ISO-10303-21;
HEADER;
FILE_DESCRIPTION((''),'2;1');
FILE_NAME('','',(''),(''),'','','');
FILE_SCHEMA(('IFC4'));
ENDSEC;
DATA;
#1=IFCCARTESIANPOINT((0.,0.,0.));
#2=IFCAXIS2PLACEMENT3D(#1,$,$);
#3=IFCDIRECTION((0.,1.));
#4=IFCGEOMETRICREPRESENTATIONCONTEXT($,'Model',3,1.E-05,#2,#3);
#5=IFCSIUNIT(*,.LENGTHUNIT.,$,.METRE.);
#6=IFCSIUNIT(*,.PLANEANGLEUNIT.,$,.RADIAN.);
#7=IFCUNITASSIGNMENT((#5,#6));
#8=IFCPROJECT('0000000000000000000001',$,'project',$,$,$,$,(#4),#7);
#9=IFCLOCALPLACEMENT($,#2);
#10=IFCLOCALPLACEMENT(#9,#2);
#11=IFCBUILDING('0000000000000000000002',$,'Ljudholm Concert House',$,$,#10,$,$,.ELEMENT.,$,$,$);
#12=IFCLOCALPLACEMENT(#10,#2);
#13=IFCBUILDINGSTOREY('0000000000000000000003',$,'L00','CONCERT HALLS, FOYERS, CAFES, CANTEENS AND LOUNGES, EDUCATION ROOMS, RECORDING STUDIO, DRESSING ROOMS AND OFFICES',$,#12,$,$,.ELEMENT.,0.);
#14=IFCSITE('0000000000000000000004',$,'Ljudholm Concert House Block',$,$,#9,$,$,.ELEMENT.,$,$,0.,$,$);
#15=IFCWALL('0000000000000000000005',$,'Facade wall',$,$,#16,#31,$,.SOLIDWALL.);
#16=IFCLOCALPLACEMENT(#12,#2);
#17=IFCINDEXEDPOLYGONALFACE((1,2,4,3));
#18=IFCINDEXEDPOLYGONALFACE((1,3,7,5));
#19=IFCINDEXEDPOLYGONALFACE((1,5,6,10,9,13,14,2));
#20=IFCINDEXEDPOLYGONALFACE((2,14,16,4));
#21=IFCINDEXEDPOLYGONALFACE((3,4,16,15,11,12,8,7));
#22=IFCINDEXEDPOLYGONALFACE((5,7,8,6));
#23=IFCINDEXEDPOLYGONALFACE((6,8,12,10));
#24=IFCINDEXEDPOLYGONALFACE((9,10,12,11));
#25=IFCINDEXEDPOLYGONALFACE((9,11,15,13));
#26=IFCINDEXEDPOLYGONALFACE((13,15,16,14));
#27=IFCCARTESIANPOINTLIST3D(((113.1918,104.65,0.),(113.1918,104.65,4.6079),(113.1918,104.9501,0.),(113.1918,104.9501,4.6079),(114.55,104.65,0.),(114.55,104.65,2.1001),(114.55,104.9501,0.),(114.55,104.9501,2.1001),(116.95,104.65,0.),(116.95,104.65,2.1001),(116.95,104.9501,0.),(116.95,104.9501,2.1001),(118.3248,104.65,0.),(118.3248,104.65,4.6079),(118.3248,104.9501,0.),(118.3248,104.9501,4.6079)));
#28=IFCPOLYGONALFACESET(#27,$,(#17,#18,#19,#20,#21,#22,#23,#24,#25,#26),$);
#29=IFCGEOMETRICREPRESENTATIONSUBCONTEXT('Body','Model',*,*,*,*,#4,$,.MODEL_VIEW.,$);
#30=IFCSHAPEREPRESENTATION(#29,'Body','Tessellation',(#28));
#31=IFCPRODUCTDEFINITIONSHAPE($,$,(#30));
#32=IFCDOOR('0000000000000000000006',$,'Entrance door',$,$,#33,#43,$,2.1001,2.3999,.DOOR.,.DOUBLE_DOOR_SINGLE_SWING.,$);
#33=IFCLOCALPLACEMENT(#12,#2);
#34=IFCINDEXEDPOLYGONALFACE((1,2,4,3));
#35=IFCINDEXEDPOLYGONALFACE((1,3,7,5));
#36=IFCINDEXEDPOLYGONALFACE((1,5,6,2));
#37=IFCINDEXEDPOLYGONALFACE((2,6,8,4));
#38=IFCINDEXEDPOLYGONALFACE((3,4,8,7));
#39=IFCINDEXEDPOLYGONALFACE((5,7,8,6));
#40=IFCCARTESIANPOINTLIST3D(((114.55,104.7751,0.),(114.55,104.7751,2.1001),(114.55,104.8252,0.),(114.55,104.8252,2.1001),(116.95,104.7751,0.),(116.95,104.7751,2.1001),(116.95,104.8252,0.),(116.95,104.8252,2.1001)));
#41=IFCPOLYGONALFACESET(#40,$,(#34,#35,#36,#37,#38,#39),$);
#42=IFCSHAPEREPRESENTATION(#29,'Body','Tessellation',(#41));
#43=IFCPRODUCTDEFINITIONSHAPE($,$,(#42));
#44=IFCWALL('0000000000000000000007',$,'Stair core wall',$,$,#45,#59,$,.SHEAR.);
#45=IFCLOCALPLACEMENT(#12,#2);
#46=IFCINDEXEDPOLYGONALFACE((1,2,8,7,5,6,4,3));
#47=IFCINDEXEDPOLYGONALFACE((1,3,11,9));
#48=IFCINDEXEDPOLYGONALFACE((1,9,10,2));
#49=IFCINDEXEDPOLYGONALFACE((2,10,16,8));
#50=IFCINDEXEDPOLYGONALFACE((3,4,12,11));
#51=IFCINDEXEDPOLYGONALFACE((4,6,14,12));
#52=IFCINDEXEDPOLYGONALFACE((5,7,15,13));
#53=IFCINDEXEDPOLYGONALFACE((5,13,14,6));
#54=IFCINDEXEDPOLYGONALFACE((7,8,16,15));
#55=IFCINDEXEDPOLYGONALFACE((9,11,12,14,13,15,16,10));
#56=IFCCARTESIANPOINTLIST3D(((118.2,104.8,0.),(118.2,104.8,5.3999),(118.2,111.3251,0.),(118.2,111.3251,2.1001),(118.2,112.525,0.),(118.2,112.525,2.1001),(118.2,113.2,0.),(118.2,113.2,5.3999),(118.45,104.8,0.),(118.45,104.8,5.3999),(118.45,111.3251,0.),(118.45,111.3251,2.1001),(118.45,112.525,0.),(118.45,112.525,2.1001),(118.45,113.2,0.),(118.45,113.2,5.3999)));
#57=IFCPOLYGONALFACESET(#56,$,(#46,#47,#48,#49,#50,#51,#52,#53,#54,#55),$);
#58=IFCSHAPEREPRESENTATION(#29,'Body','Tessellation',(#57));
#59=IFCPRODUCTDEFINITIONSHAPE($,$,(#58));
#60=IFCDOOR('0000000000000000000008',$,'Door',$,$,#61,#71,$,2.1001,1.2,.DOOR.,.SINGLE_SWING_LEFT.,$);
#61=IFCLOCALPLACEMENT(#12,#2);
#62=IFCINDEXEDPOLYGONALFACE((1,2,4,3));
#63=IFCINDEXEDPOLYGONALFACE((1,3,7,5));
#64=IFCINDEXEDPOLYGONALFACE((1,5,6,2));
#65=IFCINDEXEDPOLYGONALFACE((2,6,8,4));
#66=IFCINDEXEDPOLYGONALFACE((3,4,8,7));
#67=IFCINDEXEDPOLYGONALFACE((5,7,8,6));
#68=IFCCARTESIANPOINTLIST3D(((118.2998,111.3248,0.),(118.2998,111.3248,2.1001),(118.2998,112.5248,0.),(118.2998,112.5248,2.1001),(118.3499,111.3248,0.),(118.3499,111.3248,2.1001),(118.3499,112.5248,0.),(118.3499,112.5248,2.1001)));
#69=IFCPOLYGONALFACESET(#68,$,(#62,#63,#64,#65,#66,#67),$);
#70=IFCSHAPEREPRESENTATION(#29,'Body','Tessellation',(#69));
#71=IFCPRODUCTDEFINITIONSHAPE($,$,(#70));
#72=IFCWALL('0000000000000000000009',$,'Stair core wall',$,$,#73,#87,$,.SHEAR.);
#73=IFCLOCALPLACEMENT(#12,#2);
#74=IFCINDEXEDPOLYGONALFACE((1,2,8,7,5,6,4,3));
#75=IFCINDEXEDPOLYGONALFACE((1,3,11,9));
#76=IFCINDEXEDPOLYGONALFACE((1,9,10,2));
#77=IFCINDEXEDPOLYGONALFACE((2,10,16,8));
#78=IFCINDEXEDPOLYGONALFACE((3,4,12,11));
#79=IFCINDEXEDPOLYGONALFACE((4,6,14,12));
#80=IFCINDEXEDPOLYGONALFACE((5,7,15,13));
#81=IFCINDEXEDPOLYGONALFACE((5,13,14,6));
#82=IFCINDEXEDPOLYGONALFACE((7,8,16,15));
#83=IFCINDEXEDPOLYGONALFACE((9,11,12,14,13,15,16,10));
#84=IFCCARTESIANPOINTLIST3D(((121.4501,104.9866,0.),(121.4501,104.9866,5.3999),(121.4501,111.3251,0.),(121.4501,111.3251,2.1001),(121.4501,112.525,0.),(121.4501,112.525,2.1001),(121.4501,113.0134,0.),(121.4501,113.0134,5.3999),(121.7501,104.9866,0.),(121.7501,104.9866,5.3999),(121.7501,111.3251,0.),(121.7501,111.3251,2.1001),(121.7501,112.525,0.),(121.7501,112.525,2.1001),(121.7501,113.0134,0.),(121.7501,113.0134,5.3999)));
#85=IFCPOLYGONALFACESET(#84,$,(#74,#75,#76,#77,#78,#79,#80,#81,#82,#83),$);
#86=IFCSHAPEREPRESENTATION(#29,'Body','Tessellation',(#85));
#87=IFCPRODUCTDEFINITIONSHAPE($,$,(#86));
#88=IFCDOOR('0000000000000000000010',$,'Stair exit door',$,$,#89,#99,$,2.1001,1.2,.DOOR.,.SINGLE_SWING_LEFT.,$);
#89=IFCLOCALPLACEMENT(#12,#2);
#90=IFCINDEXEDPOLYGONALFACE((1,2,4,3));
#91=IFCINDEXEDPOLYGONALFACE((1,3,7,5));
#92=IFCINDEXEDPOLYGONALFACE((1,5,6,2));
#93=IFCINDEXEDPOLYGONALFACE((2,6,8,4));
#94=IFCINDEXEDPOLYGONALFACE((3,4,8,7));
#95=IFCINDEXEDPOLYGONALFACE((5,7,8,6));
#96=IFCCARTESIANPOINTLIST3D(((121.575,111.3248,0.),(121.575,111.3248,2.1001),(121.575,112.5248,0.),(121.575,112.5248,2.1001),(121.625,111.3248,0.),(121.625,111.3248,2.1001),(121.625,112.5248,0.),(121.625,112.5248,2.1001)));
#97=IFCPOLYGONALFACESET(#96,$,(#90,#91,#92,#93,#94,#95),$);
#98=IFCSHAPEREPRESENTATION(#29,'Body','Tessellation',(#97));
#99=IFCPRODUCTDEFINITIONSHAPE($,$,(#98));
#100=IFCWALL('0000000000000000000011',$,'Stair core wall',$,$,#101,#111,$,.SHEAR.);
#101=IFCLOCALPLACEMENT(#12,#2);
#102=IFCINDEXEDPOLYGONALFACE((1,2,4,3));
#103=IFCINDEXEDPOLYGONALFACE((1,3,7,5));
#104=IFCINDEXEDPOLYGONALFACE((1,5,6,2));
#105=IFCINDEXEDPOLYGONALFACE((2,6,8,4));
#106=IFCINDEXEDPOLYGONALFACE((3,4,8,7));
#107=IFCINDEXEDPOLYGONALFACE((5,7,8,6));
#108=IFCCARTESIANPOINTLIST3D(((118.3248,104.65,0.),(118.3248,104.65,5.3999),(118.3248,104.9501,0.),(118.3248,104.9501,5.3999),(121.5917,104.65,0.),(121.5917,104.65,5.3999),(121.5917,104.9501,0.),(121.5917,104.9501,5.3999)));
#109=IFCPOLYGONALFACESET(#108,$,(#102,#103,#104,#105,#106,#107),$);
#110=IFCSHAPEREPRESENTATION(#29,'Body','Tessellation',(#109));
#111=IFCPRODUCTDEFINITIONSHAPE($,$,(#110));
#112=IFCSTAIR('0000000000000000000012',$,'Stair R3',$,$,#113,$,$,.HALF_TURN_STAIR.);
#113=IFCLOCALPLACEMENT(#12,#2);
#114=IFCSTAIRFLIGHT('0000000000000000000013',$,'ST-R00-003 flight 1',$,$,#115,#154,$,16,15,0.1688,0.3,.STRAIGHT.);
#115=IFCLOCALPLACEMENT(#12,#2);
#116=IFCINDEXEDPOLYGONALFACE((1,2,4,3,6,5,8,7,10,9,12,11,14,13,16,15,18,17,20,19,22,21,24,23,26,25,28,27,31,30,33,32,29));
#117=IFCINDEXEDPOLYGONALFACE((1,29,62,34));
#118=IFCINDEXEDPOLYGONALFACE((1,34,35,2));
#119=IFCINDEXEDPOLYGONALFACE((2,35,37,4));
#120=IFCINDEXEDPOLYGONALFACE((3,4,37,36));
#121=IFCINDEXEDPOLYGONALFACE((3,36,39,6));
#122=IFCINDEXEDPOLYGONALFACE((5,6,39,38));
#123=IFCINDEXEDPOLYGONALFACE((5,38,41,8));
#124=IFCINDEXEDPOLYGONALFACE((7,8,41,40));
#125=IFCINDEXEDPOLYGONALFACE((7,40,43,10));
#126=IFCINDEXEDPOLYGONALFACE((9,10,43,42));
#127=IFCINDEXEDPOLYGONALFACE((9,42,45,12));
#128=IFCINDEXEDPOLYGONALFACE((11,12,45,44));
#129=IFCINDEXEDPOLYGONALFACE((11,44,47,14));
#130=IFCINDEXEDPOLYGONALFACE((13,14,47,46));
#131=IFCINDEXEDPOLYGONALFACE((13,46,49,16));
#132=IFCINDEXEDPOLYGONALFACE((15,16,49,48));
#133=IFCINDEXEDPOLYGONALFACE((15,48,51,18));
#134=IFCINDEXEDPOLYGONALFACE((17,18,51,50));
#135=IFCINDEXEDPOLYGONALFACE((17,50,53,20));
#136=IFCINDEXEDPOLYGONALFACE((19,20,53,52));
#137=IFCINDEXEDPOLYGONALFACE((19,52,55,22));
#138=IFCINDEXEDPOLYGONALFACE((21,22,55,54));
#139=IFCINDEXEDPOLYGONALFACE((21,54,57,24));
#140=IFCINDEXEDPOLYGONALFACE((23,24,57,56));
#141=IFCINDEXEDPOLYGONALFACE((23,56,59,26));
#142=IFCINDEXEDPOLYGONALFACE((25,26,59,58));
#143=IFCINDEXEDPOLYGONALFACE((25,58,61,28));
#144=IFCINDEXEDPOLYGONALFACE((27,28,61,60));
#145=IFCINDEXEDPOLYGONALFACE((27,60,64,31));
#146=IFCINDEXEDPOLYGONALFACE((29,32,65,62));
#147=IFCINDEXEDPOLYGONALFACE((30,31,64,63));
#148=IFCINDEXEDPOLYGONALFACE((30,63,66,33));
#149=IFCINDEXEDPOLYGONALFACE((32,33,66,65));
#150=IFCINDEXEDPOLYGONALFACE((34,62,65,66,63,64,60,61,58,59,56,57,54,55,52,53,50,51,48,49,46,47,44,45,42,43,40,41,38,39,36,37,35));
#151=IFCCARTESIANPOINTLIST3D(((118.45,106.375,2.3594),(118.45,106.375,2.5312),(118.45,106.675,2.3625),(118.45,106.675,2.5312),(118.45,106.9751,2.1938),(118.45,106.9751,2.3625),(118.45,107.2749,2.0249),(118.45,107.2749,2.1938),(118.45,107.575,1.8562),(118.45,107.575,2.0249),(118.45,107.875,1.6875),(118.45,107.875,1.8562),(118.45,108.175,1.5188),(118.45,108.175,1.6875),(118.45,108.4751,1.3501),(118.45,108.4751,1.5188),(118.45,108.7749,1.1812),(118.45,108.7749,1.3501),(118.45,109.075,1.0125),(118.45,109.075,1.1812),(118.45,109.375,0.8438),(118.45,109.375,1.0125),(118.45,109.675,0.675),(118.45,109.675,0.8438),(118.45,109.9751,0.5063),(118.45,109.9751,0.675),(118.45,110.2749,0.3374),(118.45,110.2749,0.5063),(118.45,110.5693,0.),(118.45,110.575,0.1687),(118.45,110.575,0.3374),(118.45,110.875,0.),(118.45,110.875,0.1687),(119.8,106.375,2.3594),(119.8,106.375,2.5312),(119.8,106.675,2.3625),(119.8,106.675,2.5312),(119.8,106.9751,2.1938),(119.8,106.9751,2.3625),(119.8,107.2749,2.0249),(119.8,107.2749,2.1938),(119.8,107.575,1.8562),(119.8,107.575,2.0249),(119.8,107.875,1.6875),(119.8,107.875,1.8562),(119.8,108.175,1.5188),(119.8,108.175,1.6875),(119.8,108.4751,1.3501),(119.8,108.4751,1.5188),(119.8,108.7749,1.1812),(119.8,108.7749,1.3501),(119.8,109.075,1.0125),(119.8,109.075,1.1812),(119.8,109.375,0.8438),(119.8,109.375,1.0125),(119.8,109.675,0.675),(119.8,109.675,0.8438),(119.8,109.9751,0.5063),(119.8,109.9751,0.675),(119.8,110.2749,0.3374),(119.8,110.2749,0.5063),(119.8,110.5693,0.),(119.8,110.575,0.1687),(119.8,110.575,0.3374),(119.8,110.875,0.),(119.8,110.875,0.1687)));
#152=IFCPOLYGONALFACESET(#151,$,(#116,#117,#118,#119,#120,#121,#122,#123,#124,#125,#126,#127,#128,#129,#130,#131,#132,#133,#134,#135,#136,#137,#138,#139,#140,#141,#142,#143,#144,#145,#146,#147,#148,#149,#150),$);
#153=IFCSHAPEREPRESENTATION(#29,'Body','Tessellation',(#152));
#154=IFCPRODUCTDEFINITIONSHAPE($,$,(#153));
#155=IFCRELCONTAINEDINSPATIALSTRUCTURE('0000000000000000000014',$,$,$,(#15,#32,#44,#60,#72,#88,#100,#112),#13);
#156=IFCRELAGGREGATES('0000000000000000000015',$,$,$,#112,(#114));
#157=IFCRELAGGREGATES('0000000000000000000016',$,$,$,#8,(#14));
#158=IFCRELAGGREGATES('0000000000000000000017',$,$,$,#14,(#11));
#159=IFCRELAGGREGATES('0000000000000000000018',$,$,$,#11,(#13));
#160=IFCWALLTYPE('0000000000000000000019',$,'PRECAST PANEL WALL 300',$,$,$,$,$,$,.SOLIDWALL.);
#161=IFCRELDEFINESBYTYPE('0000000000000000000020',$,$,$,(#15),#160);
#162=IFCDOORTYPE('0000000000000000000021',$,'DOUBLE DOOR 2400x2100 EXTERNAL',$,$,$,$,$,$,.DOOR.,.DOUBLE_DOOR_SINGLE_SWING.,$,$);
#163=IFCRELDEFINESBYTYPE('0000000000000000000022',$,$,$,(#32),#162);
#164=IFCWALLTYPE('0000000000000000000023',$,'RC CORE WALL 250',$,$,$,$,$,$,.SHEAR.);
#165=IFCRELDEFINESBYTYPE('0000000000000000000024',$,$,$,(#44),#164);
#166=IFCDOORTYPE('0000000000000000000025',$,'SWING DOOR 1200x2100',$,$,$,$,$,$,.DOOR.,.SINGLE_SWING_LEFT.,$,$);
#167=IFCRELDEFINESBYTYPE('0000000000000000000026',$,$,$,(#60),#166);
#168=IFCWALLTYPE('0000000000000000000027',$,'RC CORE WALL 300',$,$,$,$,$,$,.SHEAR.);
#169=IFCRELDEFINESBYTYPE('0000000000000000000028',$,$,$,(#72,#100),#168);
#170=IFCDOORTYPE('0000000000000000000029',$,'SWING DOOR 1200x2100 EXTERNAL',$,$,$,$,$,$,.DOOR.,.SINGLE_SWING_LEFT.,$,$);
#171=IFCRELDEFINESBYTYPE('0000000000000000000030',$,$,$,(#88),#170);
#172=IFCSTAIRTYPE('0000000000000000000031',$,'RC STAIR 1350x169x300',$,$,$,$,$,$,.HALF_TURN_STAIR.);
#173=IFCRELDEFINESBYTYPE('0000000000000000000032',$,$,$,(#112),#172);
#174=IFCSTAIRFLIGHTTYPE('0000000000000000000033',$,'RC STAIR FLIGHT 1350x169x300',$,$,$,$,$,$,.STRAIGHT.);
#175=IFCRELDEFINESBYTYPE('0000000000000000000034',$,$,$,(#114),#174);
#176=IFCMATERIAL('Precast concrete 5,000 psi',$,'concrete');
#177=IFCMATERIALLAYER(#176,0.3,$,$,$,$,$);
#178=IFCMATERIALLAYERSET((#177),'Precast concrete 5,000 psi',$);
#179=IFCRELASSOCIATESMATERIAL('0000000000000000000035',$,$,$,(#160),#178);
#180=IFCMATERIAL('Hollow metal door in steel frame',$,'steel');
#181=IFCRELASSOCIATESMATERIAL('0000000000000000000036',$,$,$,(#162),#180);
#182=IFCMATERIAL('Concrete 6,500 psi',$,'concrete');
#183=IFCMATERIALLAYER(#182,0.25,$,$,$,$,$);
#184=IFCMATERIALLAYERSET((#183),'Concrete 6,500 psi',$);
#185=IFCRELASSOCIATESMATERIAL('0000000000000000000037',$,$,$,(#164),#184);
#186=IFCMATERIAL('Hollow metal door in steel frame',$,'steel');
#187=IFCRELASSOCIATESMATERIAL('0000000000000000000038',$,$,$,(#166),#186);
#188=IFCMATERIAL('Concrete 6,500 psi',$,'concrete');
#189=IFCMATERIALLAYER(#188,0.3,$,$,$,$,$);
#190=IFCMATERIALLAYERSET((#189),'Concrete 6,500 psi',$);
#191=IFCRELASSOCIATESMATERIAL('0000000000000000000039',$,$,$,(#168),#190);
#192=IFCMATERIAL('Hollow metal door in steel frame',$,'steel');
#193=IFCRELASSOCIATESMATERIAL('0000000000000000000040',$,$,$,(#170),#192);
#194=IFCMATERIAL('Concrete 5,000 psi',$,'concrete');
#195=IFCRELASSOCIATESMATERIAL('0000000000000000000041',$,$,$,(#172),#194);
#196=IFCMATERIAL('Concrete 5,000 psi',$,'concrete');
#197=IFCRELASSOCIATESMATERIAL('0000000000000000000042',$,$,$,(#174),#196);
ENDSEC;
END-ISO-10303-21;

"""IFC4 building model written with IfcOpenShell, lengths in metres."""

from ifc_helpers import new_model, si_unit, direction, frame, frame_2d, origin, place, context, subcontext, project, spatial, polyline, rectangle, outline, extrude, material, layer, layer_set, type_object, element, fill, aggregate, save


model = new_model("IFC4")

# Units and contexts
model_context = context("Model", 3, precision=1e-05, world=origin(), true_north=direction((0.0, 1.0)))
body_context = subcontext(model_context, "Body", "Model", "MODEL_VIEW")
ifc_project = project(units=[si_unit("LENGTHUNIT", "METRE"), si_unit("PLANEANGLEUNIT", "RADIAN")], contexts=[model_context])

# Site, building, storey
site_placement = place(None, origin())
site = spatial("IfcSite", under=ifc_project, at=site_placement, Name="Ljudholm Concert House Block", CompositionType="ELEMENT", RefElevation=0.0)
building_placement = place(site_placement, origin())
building = spatial("IfcBuilding", under=site, at=building_placement, Name="Ljudholm Concert House", CompositionType="ELEMENT")
storey_placement = place(building_placement, origin())
storey = spatial("IfcBuildingStorey", under=building, at=storey_placement, Name="L00", Description="CONCERT HALLS, FOYERS, CAFES, CANTEENS AND LOUNGES, EDUCATION ROOMS, RECORDING STUDIO, DRESSING ROOMS AND OFFICES", CompositionType="ELEMENT", Elevation=0.0)

# Shared definitions
ifc_material_1 = material(Name="Precast concrete 5,000 psi", Category="concrete")
ifc_layer_1 = layer(ifc_material_1, 0.3)
ifc_layer_set_1 = layer_set([ifc_layer_1], Name="Precast concrete 5,000 psi")
wall_type_1 = type_object("IfcWallType", Name="PRECAST PANEL WALL 300", PredefinedType="SOLIDWALL", material=ifc_layer_set_1)

# Walls, openings, doors
wall_1_placement = place(storey_placement, frame((113.1919, 104.8, 0.0), z_axis=(0.0, 0.0, 1.0), x_axis=(1.0, 0.0, 0.0)))
wall_1 = element("IfcWall", 1, at=wall_1_placement, inside=storey, type_object=wall_type_1, Name="Facade wall", PredefinedType="SOLIDWALL", context=body_context, shape_type="SweptSolid", body=[
    extrude(rectangle(XDim=5.1331, YDim=0.3, at=frame_2d((2.5664, 0.0))), origin(), (0.0, 0.0, 1.0), 4.6079),
])
opening_1_placement = place(wall_1_placement, frame((1.3582, 0.0, 0.0)))
opening_1 = element("IfcOpeningElement", 2, at=opening_1_placement, cuts=wall_1, PredefinedType="OPENING", context=body_context, shape_type="SweptSolid", body=[
    extrude(rectangle(XDim=2.3999, YDim=2.1001, at=frame_2d((1.2, 1.05))), frame((0.0, 0.1599, 0.0), z_axis=(0.0, -1.0, 0.0), x_axis=(1.0, 0.0, 0.0)), (0.0, 0.0, 1.0), 0.3201),
])
ifc_material_2 = material(Name="Hollow metal door in steel frame", Category="steel")
door_type_1 = type_object("IfcDoorType", Name="DOUBLE DOOR 2400x2100 EXTERNAL", OperationType="DOUBLE_DOOR_SINGLE_SWING", PredefinedType="DOOR", material=ifc_material_2)
door_1_placement = place(opening_1_placement, frame((2.3999, 0.0, 0.0), z_axis=(0.0, 0.0, 1.0), x_axis=(-1.0, 0.0, 0.0)))
door_1 = element("IfcDoor", 3, at=door_1_placement, inside=storey, type_object=door_type_1, Name="Entrance door", OperationType="DOUBLE_DOOR_SINGLE_SWING", OverallHeight=2.1001, OverallWidth=2.3999, PredefinedType="DOOR", context=body_context, shape_type="SweptSolid", body=[
    extrude(rectangle(XDim=2.3999, YDim=2.1001, at=frame_2d((1.2, 1.05))), frame((0.0, 0.0249, 0.0), z_axis=(0.0, -1.0, 0.0), x_axis=(1.0, 0.0, 0.0)), (0.0, 0.0, 1.0), 0.05),
])
fill(opening_1, door_1)
ifc_material_3 = material(Name="Concrete 6,500 psi", Category="concrete")
ifc_layer_2 = layer(ifc_material_3, 0.25)
ifc_layer_set_2 = layer_set([ifc_layer_2], Name="Concrete 6,500 psi")
wall_type_2 = type_object("IfcWallType", Name="RC CORE WALL 250", PredefinedType="SHEAR", material=ifc_layer_set_2)
wall_2_placement = place(storey_placement, frame((118.325, 104.8, 0.0), z_axis=(0.0, 0.0, 1.0), x_axis=(0.0, 1.0, 0.0)))
wall_2 = element("IfcWall", 4, at=wall_2_placement, inside=storey, type_object=wall_type_2, Name="Stair core wall", PredefinedType="SHEAR", context=body_context, shape_type="SweptSolid", body=[
    extrude(rectangle(XDim=8.3999, YDim=0.25, at=frame_2d((4.2, 0.0))), origin(), (0.0, 0.0, 1.0), 5.3999),
])
opening_2_placement = place(wall_2_placement, frame((6.5249, 0.0, 0.0)))
opening_2 = element("IfcOpeningElement", 5, at=opening_2_placement, cuts=wall_2, PredefinedType="OPENING", context=body_context, shape_type="SweptSolid", body=[
    extrude(rectangle(XDim=1.2, YDim=2.1001, at=frame_2d((0.6001, 1.05))), frame((0.0, 0.135, 0.0), z_axis=(0.0, -1.0, 0.0), x_axis=(1.0, 0.0, 0.0)), (0.0, 0.0, 1.0), 0.27),
])
ifc_material_4 = material(Name="Hollow metal door in steel frame", Category="steel")
door_type_2 = type_object("IfcDoorType", Name="SWING DOOR 1200x2100", OperationType="SINGLE_SWING_LEFT", PredefinedType="DOOR", material=ifc_material_4)
door_2_placement = place(opening_2_placement, frame((1.2, 0.0, 0.0), z_axis=(0.0, 0.0, 1.0), x_axis=(-1.0, 0.0, 0.0)))
door_2 = element("IfcDoor", 6, at=door_2_placement, inside=storey, type_object=door_type_2, Name="Door", OperationType="SINGLE_SWING_LEFT", OverallHeight=2.1001, OverallWidth=1.2, PredefinedType="DOOR", context=body_context, shape_type="SweptSolid", body=[
    extrude(rectangle(XDim=1.2, YDim=2.1001, at=frame_2d((0.6001, 1.05))), frame((0.0, 0.0249, 0.0), z_axis=(0.0, -1.0, 0.0), x_axis=(1.0, 0.0, 0.0)), (0.0, 0.0, 1.0), 0.05),
])
fill(opening_2, door_2)
ifc_material_5 = material(Name="Concrete 6,500 psi", Category="concrete")
ifc_layer_3 = layer(ifc_material_5, 0.3)
ifc_layer_set_3 = layer_set([ifc_layer_3], Name="Concrete 6,500 psi")
wall_type_3 = type_object("IfcWallType", Name="RC CORE WALL 300", PredefinedType="SHEAR", material=ifc_layer_set_3)
wall_3_placement = place(storey_placement, frame((121.6001, 104.9866, 0.0), z_axis=(0.0, 0.0, 1.0), x_axis=(0.0, 1.0, 0.0)))
wall_3 = element("IfcWall", 7, at=wall_3_placement, inside=storey, type_object=wall_type_3, Name="Stair core wall", PredefinedType="SHEAR", context=body_context, shape_type="SweptSolid", body=[
    extrude(rectangle(XDim=8.0269, YDim=0.3, at=frame_2d((4.0134, 0.0))), origin(), (0.0, 0.0, 1.0), 5.3999),
])
opening_3_placement = place(wall_3_placement, frame((6.3384, 0.0, 0.0)))
opening_3 = element("IfcOpeningElement", 8, at=opening_3_placement, cuts=wall_3, PredefinedType="OPENING", context=body_context, shape_type="SweptSolid", body=[
    extrude(rectangle(XDim=1.2, YDim=2.1001, at=frame_2d((0.6001, 1.05))), frame((0.0, 0.1599, 0.0), z_axis=(0.0, -1.0, 0.0), x_axis=(1.0, 0.0, 0.0)), (0.0, 0.0, 1.0), 0.3201),
])
ifc_material_6 = material(Name="Hollow metal door in steel frame", Category="steel")
door_type_3 = type_object("IfcDoorType", Name="SWING DOOR 1200x2100 EXTERNAL", OperationType="SINGLE_SWING_LEFT", PredefinedType="DOOR", material=ifc_material_6)
door_3_placement = place(opening_3_placement, frame((1.2, 0.0, 0.0), z_axis=(0.0, 0.0, 1.0), x_axis=(-1.0, 0.0, 0.0)))
door_3 = element("IfcDoor", 9, at=door_3_placement, inside=storey, type_object=door_type_3, Name="Stair exit door", OperationType="SINGLE_SWING_LEFT", OverallHeight=2.1001, OverallWidth=1.2, PredefinedType="DOOR", context=body_context, shape_type="SweptSolid", body=[
    extrude(rectangle(XDim=1.2, YDim=2.1001, at=frame_2d((0.6001, 1.05))), frame((0.0, 0.0249, 0.0), z_axis=(0.0, -1.0, 0.0), x_axis=(1.0, 0.0, 0.0)), (0.0, 0.0, 1.0), 0.05),
])
fill(opening_3, door_3)

# Wall
wall_4_placement = place(storey_placement, frame((118.325, 104.8, 0.0), z_axis=(0.0, 0.0, 1.0), x_axis=(1.0, 0.0, 0.0)))
element("IfcWall", 10, at=wall_4_placement, inside=storey, type_object=wall_type_3, Name="Stair core wall", PredefinedType="SHEAR", context=body_context, shape_type="SweptSolid", body=[
    extrude(rectangle(XDim=3.2668, YDim=0.3, at=frame_2d((1.6333, 0.0))), origin(), (0.0, 0.0, 1.0), 5.3999),
])

# Stair, stair flight
ifc_material_7 = material(Name="Concrete 5,000 psi", Category="concrete")
stair_type = type_object("IfcStairType", Name="RC STAIR 1350x169x300", PredefinedType="HALF_TURN_STAIR", material=ifc_material_7)
stair_placement = place(storey_placement, origin())
stair = element("IfcStair", 11, at=stair_placement, inside=storey, type_object=stair_type, Name="Stair R3", PredefinedType="HALF_TURN_STAIR")
ifc_material_8 = material(Name="Concrete 5,000 psi", Category="concrete")
stair_flight_type = type_object("IfcStairFlightType", Name="RC STAIR FLIGHT 1350x169x300", PredefinedType="STRAIGHT", material=ifc_material_8)
stair_flight_1_placement = place(storey_placement, frame((119.125, 110.875, 0.0), z_axis=(0.0, 0.0, 1.0), x_axis=(0.0, -1.0, 0.0)))
stair_flight_1 = element("IfcStairFlight", 12, at=stair_flight_1_placement, type_object=stair_flight_type, Name="ST-R00-003 flight 1", NumberOfRisers=16, NumberOfTreads=15, PredefinedType="STRAIGHT", RiserHeight=0.1688, TreadLength=0.3, context=body_context, shape_type="SweptSolid", body=[
    extrude(outline(polyline([(0.0, 0.0), (0.0, 0.1687), (0.3, 0.1687), (0.3, 0.3374), (0.6001, 0.3374), (0.6001, 0.5063), (0.8999, 0.5063), (0.8999, 0.675), (1.2, 0.675), (1.2, 0.8438), (1.5, 0.8438), (1.5, 1.0125), (1.8, 1.0125), (1.8, 1.1812), (2.1001, 1.1812), (2.1001, 1.3501), (2.3999, 1.3501), (2.3999, 1.5188), (2.7, 1.5188), (2.7, 1.6875), (3.0, 1.6875), (3.0, 1.8562), (3.3, 1.8562), (3.3, 2.0249), (3.6001, 2.0249), (3.6001, 2.1938), (3.8999, 2.1938), (3.8999, 2.3625), (4.2, 2.3625), (4.2, 2.5312), (4.5, 2.5312), (4.5, 2.7), (4.5, 2.3594), (0.3057, 0.0), (0.0, 0.0)])), frame((0.0, 0.675, 0.0), z_axis=(0.0, -1.0, 0.0), x_axis=(1.0, 0.0, 0.0)), (0.0, 0.0, 1.0), 1.3501),
])
aggregate(stair, [stair_flight_1])

save(model, "model.ifc")
